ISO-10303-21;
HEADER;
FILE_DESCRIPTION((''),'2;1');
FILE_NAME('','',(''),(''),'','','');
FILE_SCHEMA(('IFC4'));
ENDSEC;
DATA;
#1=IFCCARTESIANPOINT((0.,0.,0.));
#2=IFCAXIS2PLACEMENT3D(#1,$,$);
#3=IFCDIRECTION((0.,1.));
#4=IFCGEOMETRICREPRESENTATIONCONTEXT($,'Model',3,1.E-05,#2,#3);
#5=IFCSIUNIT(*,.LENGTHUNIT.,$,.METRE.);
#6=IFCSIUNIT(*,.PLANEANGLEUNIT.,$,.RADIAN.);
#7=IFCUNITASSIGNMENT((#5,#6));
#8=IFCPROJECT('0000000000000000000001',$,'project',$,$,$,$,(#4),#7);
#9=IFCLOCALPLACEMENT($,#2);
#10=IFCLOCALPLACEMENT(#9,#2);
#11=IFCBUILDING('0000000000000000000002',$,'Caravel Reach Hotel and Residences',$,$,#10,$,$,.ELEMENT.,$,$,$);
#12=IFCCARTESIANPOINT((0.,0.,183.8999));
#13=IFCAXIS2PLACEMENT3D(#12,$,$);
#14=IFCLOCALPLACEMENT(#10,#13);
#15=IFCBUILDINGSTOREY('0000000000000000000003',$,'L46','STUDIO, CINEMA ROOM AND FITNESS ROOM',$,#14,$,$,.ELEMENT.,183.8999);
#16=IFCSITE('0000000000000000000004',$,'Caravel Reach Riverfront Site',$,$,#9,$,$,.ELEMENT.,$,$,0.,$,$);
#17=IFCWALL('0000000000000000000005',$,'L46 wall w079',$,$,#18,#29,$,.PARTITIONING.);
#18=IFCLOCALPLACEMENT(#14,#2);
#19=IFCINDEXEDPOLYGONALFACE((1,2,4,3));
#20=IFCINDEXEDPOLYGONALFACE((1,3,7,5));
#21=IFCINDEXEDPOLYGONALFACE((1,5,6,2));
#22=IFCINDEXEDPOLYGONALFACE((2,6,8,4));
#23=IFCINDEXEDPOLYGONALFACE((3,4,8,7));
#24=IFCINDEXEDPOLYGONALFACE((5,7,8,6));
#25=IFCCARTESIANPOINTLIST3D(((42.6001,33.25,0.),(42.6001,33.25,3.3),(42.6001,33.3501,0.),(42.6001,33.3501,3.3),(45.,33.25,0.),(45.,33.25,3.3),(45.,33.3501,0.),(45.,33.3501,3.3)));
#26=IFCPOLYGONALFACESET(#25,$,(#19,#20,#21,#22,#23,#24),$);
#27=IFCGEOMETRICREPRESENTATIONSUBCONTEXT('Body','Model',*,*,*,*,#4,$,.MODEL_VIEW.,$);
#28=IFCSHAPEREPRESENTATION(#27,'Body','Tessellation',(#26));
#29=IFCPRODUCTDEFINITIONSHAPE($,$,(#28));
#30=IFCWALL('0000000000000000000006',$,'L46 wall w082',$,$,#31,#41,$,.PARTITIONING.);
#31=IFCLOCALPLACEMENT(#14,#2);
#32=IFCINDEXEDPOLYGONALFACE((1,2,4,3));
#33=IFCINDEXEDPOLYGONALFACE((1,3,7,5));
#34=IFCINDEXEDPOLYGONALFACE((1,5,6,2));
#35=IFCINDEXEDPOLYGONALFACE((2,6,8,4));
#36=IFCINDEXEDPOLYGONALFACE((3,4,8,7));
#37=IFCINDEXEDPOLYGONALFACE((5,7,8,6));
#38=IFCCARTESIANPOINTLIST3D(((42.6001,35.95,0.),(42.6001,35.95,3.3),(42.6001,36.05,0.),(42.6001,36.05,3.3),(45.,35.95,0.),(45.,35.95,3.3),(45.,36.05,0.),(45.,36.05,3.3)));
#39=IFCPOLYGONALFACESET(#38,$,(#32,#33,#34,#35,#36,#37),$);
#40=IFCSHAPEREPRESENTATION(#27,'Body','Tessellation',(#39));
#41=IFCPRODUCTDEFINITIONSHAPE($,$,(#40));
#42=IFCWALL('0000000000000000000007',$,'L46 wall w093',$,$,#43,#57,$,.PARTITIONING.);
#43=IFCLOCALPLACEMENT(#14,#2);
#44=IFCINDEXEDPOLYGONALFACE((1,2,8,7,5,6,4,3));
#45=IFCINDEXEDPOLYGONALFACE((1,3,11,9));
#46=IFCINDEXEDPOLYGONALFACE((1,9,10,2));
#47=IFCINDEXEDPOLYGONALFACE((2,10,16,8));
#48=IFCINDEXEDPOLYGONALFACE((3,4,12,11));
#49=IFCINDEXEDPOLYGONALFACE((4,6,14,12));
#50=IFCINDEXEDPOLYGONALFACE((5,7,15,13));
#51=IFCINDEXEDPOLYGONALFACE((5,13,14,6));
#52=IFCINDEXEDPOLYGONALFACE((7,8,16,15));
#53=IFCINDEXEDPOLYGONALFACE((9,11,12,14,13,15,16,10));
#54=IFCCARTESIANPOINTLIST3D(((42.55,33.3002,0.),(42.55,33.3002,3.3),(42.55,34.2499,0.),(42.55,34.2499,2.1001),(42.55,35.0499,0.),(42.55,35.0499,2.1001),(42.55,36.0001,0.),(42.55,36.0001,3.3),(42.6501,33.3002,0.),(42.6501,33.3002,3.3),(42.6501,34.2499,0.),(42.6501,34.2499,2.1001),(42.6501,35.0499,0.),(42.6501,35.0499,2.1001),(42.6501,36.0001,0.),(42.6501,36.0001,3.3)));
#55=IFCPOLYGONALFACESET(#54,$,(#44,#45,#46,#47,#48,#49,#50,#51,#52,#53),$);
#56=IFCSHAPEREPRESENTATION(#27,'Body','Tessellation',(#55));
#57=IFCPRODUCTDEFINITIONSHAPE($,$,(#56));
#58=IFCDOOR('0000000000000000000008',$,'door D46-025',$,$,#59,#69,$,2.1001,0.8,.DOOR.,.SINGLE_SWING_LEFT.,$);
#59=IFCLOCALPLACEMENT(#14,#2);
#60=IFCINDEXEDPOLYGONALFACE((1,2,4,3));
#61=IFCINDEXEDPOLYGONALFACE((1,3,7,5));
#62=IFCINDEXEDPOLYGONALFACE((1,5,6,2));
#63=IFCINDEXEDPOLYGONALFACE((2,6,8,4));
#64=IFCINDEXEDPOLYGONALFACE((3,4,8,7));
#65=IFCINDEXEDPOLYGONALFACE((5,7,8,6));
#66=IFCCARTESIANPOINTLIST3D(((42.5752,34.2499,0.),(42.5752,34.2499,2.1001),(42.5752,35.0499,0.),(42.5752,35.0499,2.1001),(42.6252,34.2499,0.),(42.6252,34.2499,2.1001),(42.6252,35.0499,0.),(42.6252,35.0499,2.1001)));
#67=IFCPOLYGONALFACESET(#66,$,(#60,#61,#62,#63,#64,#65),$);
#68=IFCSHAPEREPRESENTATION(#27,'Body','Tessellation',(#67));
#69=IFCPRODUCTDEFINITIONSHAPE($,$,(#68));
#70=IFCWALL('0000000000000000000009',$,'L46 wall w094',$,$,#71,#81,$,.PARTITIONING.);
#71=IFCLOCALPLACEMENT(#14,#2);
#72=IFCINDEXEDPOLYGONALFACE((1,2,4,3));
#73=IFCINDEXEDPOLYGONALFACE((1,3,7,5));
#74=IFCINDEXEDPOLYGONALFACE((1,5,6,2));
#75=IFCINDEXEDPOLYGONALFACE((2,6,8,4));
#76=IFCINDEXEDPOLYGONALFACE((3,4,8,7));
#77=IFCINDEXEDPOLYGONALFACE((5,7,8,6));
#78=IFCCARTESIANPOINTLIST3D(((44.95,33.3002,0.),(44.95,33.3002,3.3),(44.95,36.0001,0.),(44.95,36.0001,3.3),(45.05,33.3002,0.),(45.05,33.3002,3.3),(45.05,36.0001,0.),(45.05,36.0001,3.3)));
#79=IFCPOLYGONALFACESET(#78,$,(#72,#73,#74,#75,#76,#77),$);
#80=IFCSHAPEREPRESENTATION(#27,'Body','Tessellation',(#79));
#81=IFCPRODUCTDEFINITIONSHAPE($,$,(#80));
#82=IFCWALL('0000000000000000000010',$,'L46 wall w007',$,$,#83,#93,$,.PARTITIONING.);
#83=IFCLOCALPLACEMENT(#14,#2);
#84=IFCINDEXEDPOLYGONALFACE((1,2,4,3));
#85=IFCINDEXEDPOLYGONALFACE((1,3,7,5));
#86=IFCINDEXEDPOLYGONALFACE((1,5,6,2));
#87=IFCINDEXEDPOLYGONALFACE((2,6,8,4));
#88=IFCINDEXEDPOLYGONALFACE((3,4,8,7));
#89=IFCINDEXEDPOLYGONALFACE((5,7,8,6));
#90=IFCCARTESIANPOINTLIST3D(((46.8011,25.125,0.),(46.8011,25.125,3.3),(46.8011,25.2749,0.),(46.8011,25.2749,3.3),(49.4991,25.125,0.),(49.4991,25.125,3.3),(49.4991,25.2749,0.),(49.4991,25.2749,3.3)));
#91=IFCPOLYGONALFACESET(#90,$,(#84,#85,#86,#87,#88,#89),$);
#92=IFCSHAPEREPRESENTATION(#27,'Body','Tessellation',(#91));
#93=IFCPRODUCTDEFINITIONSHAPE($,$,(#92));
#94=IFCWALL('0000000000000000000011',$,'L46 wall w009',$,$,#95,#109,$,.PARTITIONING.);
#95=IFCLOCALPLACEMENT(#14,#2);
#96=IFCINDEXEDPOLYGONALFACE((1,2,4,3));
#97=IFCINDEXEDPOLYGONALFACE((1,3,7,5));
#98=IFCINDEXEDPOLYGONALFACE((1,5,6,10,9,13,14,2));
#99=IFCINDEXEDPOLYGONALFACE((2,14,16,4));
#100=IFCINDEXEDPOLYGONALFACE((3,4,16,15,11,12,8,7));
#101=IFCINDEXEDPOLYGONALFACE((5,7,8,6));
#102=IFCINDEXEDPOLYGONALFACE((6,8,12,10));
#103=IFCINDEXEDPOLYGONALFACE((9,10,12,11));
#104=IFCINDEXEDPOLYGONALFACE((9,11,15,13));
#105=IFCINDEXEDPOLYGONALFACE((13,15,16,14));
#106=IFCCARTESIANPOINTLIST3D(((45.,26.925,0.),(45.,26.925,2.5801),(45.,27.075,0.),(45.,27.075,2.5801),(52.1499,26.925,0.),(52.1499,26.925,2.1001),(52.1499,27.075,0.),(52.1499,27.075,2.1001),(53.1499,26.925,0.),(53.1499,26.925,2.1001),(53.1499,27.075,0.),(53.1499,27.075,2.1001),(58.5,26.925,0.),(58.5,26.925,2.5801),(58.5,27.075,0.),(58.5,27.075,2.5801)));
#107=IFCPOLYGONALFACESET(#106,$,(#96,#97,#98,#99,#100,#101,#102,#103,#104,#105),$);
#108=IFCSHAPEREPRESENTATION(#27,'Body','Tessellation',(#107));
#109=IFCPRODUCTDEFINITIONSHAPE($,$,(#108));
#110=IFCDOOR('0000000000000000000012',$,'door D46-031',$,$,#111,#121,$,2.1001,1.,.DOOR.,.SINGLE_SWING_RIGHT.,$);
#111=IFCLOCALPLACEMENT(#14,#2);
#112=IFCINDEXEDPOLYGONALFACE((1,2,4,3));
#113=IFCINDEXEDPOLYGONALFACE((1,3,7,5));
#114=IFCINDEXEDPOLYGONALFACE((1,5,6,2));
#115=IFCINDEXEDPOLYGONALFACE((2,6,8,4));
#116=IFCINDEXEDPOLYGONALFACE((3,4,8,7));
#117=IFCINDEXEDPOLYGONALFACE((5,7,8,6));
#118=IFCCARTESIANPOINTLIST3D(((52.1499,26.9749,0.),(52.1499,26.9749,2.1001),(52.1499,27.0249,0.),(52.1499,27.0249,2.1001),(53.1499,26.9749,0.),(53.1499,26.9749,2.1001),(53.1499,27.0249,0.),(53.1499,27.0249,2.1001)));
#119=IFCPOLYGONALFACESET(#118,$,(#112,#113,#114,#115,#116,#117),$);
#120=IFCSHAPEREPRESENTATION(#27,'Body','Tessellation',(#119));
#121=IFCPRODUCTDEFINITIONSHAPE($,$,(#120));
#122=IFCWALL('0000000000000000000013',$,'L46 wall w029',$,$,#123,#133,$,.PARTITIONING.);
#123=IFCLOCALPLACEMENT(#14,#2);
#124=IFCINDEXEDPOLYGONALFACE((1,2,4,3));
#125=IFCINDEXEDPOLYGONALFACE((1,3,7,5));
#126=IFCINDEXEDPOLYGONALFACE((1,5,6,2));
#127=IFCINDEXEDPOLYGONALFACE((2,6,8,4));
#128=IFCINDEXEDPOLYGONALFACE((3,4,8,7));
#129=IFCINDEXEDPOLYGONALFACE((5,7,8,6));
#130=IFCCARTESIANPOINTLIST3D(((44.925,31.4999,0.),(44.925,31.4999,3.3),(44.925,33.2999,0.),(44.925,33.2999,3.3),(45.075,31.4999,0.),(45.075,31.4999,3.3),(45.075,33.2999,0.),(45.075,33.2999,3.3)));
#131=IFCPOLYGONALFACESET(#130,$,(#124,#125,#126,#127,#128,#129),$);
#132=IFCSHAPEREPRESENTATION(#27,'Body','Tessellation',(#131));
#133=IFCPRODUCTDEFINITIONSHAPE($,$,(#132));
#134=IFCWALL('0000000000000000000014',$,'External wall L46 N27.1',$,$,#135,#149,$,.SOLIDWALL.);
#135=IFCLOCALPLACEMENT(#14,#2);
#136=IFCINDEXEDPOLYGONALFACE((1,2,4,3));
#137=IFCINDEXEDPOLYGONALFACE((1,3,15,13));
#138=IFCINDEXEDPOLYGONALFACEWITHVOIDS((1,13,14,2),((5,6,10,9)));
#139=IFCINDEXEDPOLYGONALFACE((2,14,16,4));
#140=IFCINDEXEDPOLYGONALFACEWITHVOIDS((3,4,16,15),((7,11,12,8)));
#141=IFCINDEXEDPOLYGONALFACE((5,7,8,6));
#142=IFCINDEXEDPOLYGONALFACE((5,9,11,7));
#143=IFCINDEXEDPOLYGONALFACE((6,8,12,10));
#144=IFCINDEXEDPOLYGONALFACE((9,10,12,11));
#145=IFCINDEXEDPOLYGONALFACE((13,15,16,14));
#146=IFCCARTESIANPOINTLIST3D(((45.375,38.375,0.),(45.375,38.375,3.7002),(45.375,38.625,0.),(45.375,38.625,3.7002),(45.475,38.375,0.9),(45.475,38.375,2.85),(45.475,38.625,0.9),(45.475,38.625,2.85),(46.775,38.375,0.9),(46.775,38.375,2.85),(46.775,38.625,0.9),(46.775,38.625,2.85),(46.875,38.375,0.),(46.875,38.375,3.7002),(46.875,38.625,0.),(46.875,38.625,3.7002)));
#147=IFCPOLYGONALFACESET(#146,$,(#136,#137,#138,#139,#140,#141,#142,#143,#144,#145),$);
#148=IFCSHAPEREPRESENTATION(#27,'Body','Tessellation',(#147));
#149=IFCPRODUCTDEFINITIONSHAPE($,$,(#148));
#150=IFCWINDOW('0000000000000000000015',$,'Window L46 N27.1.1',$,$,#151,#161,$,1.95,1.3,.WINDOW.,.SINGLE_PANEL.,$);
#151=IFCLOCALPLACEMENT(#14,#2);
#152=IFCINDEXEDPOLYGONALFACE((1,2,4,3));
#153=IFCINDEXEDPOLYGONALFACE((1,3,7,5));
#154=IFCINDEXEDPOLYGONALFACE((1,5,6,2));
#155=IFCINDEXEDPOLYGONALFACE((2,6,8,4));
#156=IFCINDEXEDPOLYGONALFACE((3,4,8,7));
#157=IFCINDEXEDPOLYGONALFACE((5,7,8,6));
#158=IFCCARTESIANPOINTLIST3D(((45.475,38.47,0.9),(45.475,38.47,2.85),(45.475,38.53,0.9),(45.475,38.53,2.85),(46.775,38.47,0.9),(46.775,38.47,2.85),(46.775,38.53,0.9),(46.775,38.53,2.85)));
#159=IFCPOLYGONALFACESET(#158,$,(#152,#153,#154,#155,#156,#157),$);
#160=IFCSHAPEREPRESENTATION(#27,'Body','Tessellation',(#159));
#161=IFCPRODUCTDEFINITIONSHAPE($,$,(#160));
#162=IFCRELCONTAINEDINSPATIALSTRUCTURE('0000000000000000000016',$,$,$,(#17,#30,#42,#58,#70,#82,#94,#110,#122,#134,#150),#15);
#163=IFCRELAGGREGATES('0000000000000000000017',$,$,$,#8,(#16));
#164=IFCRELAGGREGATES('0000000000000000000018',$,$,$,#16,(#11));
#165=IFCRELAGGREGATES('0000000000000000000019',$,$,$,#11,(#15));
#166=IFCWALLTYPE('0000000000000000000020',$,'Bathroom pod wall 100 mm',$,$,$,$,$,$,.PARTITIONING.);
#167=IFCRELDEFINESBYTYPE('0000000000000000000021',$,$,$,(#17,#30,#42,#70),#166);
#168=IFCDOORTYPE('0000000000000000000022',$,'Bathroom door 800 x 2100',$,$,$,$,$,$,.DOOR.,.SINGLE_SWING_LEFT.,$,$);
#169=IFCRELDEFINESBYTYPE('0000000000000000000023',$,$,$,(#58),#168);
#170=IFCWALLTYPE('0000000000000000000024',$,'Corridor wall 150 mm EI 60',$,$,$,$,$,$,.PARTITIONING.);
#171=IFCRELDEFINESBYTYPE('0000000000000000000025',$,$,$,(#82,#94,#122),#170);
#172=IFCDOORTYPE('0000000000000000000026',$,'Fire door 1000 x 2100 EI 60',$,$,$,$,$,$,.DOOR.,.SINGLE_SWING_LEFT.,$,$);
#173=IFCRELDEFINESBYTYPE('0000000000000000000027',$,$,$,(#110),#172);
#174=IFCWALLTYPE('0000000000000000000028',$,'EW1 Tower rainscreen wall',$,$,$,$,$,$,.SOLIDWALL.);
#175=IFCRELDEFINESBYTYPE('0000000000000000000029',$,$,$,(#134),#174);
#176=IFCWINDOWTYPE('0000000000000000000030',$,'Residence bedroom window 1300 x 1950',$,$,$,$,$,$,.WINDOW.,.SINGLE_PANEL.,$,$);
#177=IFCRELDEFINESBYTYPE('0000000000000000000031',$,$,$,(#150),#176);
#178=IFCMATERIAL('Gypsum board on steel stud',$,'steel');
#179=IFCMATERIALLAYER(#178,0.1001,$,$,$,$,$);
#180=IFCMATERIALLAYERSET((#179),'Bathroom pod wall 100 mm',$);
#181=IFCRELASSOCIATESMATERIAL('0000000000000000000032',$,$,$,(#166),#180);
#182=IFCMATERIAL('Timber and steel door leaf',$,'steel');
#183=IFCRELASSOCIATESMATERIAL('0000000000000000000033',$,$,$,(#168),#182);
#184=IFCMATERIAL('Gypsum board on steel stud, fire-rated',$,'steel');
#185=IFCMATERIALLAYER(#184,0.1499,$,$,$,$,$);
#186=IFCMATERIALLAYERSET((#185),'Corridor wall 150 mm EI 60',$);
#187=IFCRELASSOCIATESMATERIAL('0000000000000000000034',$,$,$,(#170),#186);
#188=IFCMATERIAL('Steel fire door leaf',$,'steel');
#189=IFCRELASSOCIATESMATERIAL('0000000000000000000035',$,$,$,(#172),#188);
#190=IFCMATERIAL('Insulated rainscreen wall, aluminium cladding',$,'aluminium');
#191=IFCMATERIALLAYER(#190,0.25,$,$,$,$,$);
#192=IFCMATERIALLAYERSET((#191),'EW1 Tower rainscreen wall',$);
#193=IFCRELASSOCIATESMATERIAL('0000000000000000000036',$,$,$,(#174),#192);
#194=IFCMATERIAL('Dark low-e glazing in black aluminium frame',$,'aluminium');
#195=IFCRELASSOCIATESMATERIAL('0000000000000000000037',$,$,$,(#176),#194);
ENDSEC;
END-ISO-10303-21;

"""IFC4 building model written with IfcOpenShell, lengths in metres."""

from ifc_helpers import new_model, si_unit, direction, frame, frame_2d, origin, place, context, subcontext, project, spatial, rectangle, extrude, material, layer, layer_set, type_object, element, fill, save


model = new_model("IFC4")

# Units and contexts
model_context = context("Model", 3, precision=1e-05, world=origin(), true_north=direction((0.0, 1.0)))
body_context = subcontext(model_context, "Body", "Model", "MODEL_VIEW")
ifc_project = project(units=[si_unit("LENGTHUNIT", "METRE"), si_unit("PLANEANGLEUNIT", "RADIAN")], contexts=[model_context])

# Site, building, storey
site_placement = place(None, origin())
site = spatial("IfcSite", under=ifc_project, at=site_placement, Name="Caravel Reach Riverfront Site", CompositionType="ELEMENT", RefElevation=0.0)
building_placement = place(site_placement, origin())
building = spatial("IfcBuilding", under=site, at=building_placement, Name="Caravel Reach Hotel and Residences", CompositionType="ELEMENT")
storey_placement = place(building_placement, frame((0.0, 0.0, 183.8999)))
storey = spatial("IfcBuildingStorey", under=building, at=storey_placement, Name="L46", Description="STUDIO, CINEMA ROOM AND FITNESS ROOM", CompositionType="ELEMENT", Elevation=183.8999)

# Walls
ifc_material_1 = material(Name="Gypsum board on steel stud", Category="steel")
ifc_layer_1 = layer(ifc_material_1, 0.1001)
ifc_layer_set_1 = layer_set([ifc_layer_1], Name="Bathroom pod wall 100 mm")
wall_type_1 = type_object("IfcWallType", Name="Bathroom pod wall 100 mm", PredefinedType="PARTITIONING", material=ifc_layer_set_1)
for number, where, z_axis, x_axis, name in (
    (1, (42.6001, 33.3, 0.0), (0.0, 0.0, 1.0), (1.0, 0.0, 0.0), "L46 wall w079"),
    (2, (42.6001, 36.0, 0.0), (0.0, 0.0, 1.0), (1.0, 0.0, 0.0), "L46 wall w082"),
):
    element("IfcWall", number, at=place(storey_placement, frame(where, z_axis=z_axis, x_axis=x_axis)), inside=storey, type_object=wall_type_1, Name=name, PredefinedType="PARTITIONING", context=body_context, shape_type="SweptSolid", body=[
        extrude(rectangle(XDim=2.3999, YDim=0.1001, at=frame_2d((1.2, 0.0))), origin(), (0.0, 0.0, 1.0), 3.3),
    ])

# Wall, opening, door
wall_1_placement = place(storey_placement, frame((42.6001, 33.3, 0.0), z_axis=(0.0, 0.0, 1.0), x_axis=(0.0, 1.0, 0.0)))
wall_1 = element("IfcWall", 3, at=wall_1_placement, inside=storey, type_object=wall_type_1, Name="L46 wall w093", PredefinedType="PARTITIONING", context=body_context, shape_type="SweptSolid", body=[
    extrude(rectangle(XDim=2.7, YDim=0.1001, at=frame_2d((1.3501, 0.0))), origin(), (0.0, 0.0, 1.0), 3.3),
])
opening_1_placement = place(wall_1_placement, frame((0.95, 0.0, 0.0)))
opening_1 = element("IfcOpeningElement", 4, at=opening_1_placement, cuts=wall_1, PredefinedType="OPENING", context=body_context, shape_type="SweptSolid", body=[
    extrude(rectangle(XDim=0.8, YDim=2.1001, at=frame_2d((0.3999, 1.05))), frame((0.0, 0.0601, 0.0), z_axis=(0.0, -1.0, 0.0), x_axis=(1.0, 0.0, 0.0)), (0.0, 0.0, 1.0), 0.1201),
])
ifc_material_2 = material(Name="Timber and steel door leaf", Category="steel")
door_type_1 = type_object("IfcDoorType", Name="Bathroom door 800 x 2100", OperationType="SINGLE_SWING_LEFT", PredefinedType="DOOR", material=ifc_material_2)
door_1_placement = place(opening_1_placement, origin())
door_1 = element("IfcDoor", 5, at=door_1_placement, inside=storey, type_object=door_type_1, Name="door D46-025", OperationType="SINGLE_SWING_LEFT", OverallHeight=2.1001, OverallWidth=0.8, PredefinedType="DOOR", context=body_context, shape_type="SweptSolid", body=[
    extrude(rectangle(XDim=0.8, YDim=2.1001, at=frame_2d((0.3999, 1.05))), frame((0.0, 0.0249, 0.0), z_axis=(0.0, -1.0, 0.0), x_axis=(1.0, 0.0, 0.0)), (0.0, 0.0, 1.0), 0.05),
])
fill(opening_1, door_1)

# Walls
wall_2_placement = place(storey_placement, frame((45.0, 33.3, 0.0), z_axis=(0.0, 0.0, 1.0), x_axis=(0.0, 1.0, 0.0)))
element("IfcWall", 6, at=wall_2_placement, inside=storey, type_object=wall_type_1, Name="L46 wall w094", PredefinedType="PARTITIONING", context=body_context, shape_type="SweptSolid", body=[
    extrude(rectangle(XDim=2.7, YDim=0.1001, at=frame_2d((1.3501, 0.0))), origin(), (0.0, 0.0, 1.0), 3.3),
])
ifc_material_3 = material(Name="Gypsum board on steel stud, fire-rated", Category="steel")
ifc_layer_2 = layer(ifc_material_3, 0.1499)
ifc_layer_set_2 = layer_set([ifc_layer_2], Name="Corridor wall 150 mm EI 60")
wall_type_2 = type_object("IfcWallType", Name="Corridor wall 150 mm EI 60", PredefinedType="PARTITIONING", material=ifc_layer_set_2)
wall_3_placement = place(storey_placement, frame((46.801, 25.2, 0.0), z_axis=(0.0, 0.0, 1.0), x_axis=(1.0, 0.0, 0.0)))
element("IfcWall", 7, at=wall_3_placement, inside=storey, type_object=wall_type_2, Name="L46 wall w007", PredefinedType="PARTITIONING", context=body_context, shape_type="SweptSolid", body=[
    extrude(rectangle(XDim=2.698, YDim=0.1499, at=frame_2d((1.3491, 0.0))), origin(), (0.0, 0.0, 1.0), 3.3),
])

# Wall, opening, door
wall_4_placement = place(storey_placement, frame((45.0, 27.0, 0.0), z_axis=(0.0, 0.0, 1.0), x_axis=(1.0, 0.0, 0.0)))
wall_4 = element("IfcWall", 8, at=wall_4_placement, inside=storey, type_object=wall_type_2, Name="L46 wall w009", PredefinedType="PARTITIONING", context=body_context, shape_type="SweptSolid", body=[
    extrude(rectangle(XDim=13.5, YDim=0.1499, at=frame_2d((6.75, 0.0))), origin(), (0.0, 0.0, 1.0), 2.5801),
])
opening_2_placement = place(wall_4_placement, frame((7.1499, 0.0, 0.0)))
opening_2 = element("IfcOpeningElement", 9, at=opening_2_placement, cuts=wall_4, PredefinedType="OPENING", context=body_context, shape_type="SweptSolid", body=[
    extrude(rectangle(XDim=1.0, YDim=2.1001, at=frame_2d((0.5, 1.05))), frame((0.0, 0.085, 0.0), z_axis=(0.0, -1.0, 0.0), x_axis=(1.0, 0.0, 0.0)), (0.0, 0.0, 1.0), 0.1699),
])
ifc_material_4 = material(Name="Steel fire door leaf", Category="steel")
door_type_2 = type_object("IfcDoorType", Name="Fire door 1000 x 2100 EI 60", OperationType="SINGLE_SWING_LEFT", PredefinedType="DOOR", material=ifc_material_4)
door_2_placement = place(opening_2_placement, origin())
door_2 = element("IfcDoor", 10, at=door_2_placement, inside=storey, type_object=door_type_2, Name="door D46-031", OperationType="SINGLE_SWING_RIGHT", OverallHeight=2.1001, OverallWidth=1.0, PredefinedType="DOOR", context=body_context, shape_type="SweptSolid", body=[
    extrude(rectangle(XDim=1.0, YDim=2.1001, at=frame_2d((0.5, 1.05))), frame((0.0, 0.0249, 0.0), z_axis=(0.0, -1.0, 0.0), x_axis=(1.0, 0.0, 0.0)), (0.0, 0.0, 1.0), 0.05),
])
fill(opening_2, door_2)

# Wall
wall_5_placement = place(storey_placement, frame((45.0, 31.5, 0.0), z_axis=(0.0, 0.0, 1.0), x_axis=(0.0, 1.0, 0.0)))
element("IfcWall", 11, at=wall_5_placement, inside=storey, type_object=wall_type_2, Name="L46 wall w029", PredefinedType="PARTITIONING", context=body_context, shape_type="SweptSolid", body=[
    extrude(rectangle(XDim=1.8, YDim=0.1499, at=frame_2d((0.8999, 0.0))), origin(), (0.0, 0.0, 1.0), 3.3),
])

# Wall, opening, window
ifc_material_5 = material(Name="Insulated rainscreen wall, aluminium cladding", Category="aluminium")
ifc_layer_3 = layer(ifc_material_5, 0.25)
ifc_layer_set_3 = layer_set([ifc_layer_3], Name="EW1 Tower rainscreen wall")
wall_type_3 = type_object("IfcWallType", Name="EW1 Tower rainscreen wall", PredefinedType="SOLIDWALL", material=ifc_layer_set_3)
wall_6_placement = place(storey_placement, frame((46.875, 38.5, 0.0), z_axis=(0.0, 0.0, 1.0), x_axis=(-1.0, 0.0, 0.0)))
wall_6 = element("IfcWall", 12, at=wall_6_placement, inside=storey, type_object=wall_type_3, Name="External wall L46 N27.1", PredefinedType="SOLIDWALL", context=body_context, shape_type="SweptSolid", body=[
    extrude(rectangle(XDim=1.5, YDim=0.25, at=frame_2d((0.75, 0.0))), origin(), (0.0, 0.0, 1.0), 3.7002),
])
opening_3_placement = place(wall_6_placement, frame((0.1001, 0.0, 0.8999)))
opening_3 = element("IfcOpeningElement", 13, at=opening_3_placement, cuts=wall_6, PredefinedType="OPENING", context=body_context, shape_type="SweptSolid", body=[
    extrude(rectangle(XDim=1.3, YDim=1.95, at=frame_2d((0.6499, 0.9751))), frame((0.0, 0.135, 0.0), z_axis=(0.0, -1.0, 0.0), x_axis=(1.0, 0.0, 0.0)), (0.0, 0.0, 1.0), 0.27),
])
ifc_material_6 = material(Name="Dark low-e glazing in black aluminium frame", Category="aluminium")
window_type_1 = type_object("IfcWindowType", Name="Residence bedroom window 1300 x 1950", PartitioningType="SINGLE_PANEL", PredefinedType="WINDOW", material=ifc_material_6)
window_1_placement = place(opening_3_placement, origin())
window_1 = element("IfcWindow", 14, at=window_1_placement, inside=storey, type_object=window_type_1, Name="Window L46 N27.1.1", OverallHeight=1.95, OverallWidth=1.3, PartitioningType="SINGLE_PANEL", PredefinedType="WINDOW", context=body_context, shape_type="SweptSolid", body=[
    extrude(rectangle(XDim=1.3, YDim=1.95, at=frame_2d((0.6499, 0.9751))), frame((0.0, 0.03, 0.0), z_axis=(0.0, -1.0, 0.0), x_axis=(1.0, 0.0, 0.0)), (0.0, 0.0, 1.0), 0.0601),
])
fill(opening_3, window_1)

save(model, "model.ifc")
